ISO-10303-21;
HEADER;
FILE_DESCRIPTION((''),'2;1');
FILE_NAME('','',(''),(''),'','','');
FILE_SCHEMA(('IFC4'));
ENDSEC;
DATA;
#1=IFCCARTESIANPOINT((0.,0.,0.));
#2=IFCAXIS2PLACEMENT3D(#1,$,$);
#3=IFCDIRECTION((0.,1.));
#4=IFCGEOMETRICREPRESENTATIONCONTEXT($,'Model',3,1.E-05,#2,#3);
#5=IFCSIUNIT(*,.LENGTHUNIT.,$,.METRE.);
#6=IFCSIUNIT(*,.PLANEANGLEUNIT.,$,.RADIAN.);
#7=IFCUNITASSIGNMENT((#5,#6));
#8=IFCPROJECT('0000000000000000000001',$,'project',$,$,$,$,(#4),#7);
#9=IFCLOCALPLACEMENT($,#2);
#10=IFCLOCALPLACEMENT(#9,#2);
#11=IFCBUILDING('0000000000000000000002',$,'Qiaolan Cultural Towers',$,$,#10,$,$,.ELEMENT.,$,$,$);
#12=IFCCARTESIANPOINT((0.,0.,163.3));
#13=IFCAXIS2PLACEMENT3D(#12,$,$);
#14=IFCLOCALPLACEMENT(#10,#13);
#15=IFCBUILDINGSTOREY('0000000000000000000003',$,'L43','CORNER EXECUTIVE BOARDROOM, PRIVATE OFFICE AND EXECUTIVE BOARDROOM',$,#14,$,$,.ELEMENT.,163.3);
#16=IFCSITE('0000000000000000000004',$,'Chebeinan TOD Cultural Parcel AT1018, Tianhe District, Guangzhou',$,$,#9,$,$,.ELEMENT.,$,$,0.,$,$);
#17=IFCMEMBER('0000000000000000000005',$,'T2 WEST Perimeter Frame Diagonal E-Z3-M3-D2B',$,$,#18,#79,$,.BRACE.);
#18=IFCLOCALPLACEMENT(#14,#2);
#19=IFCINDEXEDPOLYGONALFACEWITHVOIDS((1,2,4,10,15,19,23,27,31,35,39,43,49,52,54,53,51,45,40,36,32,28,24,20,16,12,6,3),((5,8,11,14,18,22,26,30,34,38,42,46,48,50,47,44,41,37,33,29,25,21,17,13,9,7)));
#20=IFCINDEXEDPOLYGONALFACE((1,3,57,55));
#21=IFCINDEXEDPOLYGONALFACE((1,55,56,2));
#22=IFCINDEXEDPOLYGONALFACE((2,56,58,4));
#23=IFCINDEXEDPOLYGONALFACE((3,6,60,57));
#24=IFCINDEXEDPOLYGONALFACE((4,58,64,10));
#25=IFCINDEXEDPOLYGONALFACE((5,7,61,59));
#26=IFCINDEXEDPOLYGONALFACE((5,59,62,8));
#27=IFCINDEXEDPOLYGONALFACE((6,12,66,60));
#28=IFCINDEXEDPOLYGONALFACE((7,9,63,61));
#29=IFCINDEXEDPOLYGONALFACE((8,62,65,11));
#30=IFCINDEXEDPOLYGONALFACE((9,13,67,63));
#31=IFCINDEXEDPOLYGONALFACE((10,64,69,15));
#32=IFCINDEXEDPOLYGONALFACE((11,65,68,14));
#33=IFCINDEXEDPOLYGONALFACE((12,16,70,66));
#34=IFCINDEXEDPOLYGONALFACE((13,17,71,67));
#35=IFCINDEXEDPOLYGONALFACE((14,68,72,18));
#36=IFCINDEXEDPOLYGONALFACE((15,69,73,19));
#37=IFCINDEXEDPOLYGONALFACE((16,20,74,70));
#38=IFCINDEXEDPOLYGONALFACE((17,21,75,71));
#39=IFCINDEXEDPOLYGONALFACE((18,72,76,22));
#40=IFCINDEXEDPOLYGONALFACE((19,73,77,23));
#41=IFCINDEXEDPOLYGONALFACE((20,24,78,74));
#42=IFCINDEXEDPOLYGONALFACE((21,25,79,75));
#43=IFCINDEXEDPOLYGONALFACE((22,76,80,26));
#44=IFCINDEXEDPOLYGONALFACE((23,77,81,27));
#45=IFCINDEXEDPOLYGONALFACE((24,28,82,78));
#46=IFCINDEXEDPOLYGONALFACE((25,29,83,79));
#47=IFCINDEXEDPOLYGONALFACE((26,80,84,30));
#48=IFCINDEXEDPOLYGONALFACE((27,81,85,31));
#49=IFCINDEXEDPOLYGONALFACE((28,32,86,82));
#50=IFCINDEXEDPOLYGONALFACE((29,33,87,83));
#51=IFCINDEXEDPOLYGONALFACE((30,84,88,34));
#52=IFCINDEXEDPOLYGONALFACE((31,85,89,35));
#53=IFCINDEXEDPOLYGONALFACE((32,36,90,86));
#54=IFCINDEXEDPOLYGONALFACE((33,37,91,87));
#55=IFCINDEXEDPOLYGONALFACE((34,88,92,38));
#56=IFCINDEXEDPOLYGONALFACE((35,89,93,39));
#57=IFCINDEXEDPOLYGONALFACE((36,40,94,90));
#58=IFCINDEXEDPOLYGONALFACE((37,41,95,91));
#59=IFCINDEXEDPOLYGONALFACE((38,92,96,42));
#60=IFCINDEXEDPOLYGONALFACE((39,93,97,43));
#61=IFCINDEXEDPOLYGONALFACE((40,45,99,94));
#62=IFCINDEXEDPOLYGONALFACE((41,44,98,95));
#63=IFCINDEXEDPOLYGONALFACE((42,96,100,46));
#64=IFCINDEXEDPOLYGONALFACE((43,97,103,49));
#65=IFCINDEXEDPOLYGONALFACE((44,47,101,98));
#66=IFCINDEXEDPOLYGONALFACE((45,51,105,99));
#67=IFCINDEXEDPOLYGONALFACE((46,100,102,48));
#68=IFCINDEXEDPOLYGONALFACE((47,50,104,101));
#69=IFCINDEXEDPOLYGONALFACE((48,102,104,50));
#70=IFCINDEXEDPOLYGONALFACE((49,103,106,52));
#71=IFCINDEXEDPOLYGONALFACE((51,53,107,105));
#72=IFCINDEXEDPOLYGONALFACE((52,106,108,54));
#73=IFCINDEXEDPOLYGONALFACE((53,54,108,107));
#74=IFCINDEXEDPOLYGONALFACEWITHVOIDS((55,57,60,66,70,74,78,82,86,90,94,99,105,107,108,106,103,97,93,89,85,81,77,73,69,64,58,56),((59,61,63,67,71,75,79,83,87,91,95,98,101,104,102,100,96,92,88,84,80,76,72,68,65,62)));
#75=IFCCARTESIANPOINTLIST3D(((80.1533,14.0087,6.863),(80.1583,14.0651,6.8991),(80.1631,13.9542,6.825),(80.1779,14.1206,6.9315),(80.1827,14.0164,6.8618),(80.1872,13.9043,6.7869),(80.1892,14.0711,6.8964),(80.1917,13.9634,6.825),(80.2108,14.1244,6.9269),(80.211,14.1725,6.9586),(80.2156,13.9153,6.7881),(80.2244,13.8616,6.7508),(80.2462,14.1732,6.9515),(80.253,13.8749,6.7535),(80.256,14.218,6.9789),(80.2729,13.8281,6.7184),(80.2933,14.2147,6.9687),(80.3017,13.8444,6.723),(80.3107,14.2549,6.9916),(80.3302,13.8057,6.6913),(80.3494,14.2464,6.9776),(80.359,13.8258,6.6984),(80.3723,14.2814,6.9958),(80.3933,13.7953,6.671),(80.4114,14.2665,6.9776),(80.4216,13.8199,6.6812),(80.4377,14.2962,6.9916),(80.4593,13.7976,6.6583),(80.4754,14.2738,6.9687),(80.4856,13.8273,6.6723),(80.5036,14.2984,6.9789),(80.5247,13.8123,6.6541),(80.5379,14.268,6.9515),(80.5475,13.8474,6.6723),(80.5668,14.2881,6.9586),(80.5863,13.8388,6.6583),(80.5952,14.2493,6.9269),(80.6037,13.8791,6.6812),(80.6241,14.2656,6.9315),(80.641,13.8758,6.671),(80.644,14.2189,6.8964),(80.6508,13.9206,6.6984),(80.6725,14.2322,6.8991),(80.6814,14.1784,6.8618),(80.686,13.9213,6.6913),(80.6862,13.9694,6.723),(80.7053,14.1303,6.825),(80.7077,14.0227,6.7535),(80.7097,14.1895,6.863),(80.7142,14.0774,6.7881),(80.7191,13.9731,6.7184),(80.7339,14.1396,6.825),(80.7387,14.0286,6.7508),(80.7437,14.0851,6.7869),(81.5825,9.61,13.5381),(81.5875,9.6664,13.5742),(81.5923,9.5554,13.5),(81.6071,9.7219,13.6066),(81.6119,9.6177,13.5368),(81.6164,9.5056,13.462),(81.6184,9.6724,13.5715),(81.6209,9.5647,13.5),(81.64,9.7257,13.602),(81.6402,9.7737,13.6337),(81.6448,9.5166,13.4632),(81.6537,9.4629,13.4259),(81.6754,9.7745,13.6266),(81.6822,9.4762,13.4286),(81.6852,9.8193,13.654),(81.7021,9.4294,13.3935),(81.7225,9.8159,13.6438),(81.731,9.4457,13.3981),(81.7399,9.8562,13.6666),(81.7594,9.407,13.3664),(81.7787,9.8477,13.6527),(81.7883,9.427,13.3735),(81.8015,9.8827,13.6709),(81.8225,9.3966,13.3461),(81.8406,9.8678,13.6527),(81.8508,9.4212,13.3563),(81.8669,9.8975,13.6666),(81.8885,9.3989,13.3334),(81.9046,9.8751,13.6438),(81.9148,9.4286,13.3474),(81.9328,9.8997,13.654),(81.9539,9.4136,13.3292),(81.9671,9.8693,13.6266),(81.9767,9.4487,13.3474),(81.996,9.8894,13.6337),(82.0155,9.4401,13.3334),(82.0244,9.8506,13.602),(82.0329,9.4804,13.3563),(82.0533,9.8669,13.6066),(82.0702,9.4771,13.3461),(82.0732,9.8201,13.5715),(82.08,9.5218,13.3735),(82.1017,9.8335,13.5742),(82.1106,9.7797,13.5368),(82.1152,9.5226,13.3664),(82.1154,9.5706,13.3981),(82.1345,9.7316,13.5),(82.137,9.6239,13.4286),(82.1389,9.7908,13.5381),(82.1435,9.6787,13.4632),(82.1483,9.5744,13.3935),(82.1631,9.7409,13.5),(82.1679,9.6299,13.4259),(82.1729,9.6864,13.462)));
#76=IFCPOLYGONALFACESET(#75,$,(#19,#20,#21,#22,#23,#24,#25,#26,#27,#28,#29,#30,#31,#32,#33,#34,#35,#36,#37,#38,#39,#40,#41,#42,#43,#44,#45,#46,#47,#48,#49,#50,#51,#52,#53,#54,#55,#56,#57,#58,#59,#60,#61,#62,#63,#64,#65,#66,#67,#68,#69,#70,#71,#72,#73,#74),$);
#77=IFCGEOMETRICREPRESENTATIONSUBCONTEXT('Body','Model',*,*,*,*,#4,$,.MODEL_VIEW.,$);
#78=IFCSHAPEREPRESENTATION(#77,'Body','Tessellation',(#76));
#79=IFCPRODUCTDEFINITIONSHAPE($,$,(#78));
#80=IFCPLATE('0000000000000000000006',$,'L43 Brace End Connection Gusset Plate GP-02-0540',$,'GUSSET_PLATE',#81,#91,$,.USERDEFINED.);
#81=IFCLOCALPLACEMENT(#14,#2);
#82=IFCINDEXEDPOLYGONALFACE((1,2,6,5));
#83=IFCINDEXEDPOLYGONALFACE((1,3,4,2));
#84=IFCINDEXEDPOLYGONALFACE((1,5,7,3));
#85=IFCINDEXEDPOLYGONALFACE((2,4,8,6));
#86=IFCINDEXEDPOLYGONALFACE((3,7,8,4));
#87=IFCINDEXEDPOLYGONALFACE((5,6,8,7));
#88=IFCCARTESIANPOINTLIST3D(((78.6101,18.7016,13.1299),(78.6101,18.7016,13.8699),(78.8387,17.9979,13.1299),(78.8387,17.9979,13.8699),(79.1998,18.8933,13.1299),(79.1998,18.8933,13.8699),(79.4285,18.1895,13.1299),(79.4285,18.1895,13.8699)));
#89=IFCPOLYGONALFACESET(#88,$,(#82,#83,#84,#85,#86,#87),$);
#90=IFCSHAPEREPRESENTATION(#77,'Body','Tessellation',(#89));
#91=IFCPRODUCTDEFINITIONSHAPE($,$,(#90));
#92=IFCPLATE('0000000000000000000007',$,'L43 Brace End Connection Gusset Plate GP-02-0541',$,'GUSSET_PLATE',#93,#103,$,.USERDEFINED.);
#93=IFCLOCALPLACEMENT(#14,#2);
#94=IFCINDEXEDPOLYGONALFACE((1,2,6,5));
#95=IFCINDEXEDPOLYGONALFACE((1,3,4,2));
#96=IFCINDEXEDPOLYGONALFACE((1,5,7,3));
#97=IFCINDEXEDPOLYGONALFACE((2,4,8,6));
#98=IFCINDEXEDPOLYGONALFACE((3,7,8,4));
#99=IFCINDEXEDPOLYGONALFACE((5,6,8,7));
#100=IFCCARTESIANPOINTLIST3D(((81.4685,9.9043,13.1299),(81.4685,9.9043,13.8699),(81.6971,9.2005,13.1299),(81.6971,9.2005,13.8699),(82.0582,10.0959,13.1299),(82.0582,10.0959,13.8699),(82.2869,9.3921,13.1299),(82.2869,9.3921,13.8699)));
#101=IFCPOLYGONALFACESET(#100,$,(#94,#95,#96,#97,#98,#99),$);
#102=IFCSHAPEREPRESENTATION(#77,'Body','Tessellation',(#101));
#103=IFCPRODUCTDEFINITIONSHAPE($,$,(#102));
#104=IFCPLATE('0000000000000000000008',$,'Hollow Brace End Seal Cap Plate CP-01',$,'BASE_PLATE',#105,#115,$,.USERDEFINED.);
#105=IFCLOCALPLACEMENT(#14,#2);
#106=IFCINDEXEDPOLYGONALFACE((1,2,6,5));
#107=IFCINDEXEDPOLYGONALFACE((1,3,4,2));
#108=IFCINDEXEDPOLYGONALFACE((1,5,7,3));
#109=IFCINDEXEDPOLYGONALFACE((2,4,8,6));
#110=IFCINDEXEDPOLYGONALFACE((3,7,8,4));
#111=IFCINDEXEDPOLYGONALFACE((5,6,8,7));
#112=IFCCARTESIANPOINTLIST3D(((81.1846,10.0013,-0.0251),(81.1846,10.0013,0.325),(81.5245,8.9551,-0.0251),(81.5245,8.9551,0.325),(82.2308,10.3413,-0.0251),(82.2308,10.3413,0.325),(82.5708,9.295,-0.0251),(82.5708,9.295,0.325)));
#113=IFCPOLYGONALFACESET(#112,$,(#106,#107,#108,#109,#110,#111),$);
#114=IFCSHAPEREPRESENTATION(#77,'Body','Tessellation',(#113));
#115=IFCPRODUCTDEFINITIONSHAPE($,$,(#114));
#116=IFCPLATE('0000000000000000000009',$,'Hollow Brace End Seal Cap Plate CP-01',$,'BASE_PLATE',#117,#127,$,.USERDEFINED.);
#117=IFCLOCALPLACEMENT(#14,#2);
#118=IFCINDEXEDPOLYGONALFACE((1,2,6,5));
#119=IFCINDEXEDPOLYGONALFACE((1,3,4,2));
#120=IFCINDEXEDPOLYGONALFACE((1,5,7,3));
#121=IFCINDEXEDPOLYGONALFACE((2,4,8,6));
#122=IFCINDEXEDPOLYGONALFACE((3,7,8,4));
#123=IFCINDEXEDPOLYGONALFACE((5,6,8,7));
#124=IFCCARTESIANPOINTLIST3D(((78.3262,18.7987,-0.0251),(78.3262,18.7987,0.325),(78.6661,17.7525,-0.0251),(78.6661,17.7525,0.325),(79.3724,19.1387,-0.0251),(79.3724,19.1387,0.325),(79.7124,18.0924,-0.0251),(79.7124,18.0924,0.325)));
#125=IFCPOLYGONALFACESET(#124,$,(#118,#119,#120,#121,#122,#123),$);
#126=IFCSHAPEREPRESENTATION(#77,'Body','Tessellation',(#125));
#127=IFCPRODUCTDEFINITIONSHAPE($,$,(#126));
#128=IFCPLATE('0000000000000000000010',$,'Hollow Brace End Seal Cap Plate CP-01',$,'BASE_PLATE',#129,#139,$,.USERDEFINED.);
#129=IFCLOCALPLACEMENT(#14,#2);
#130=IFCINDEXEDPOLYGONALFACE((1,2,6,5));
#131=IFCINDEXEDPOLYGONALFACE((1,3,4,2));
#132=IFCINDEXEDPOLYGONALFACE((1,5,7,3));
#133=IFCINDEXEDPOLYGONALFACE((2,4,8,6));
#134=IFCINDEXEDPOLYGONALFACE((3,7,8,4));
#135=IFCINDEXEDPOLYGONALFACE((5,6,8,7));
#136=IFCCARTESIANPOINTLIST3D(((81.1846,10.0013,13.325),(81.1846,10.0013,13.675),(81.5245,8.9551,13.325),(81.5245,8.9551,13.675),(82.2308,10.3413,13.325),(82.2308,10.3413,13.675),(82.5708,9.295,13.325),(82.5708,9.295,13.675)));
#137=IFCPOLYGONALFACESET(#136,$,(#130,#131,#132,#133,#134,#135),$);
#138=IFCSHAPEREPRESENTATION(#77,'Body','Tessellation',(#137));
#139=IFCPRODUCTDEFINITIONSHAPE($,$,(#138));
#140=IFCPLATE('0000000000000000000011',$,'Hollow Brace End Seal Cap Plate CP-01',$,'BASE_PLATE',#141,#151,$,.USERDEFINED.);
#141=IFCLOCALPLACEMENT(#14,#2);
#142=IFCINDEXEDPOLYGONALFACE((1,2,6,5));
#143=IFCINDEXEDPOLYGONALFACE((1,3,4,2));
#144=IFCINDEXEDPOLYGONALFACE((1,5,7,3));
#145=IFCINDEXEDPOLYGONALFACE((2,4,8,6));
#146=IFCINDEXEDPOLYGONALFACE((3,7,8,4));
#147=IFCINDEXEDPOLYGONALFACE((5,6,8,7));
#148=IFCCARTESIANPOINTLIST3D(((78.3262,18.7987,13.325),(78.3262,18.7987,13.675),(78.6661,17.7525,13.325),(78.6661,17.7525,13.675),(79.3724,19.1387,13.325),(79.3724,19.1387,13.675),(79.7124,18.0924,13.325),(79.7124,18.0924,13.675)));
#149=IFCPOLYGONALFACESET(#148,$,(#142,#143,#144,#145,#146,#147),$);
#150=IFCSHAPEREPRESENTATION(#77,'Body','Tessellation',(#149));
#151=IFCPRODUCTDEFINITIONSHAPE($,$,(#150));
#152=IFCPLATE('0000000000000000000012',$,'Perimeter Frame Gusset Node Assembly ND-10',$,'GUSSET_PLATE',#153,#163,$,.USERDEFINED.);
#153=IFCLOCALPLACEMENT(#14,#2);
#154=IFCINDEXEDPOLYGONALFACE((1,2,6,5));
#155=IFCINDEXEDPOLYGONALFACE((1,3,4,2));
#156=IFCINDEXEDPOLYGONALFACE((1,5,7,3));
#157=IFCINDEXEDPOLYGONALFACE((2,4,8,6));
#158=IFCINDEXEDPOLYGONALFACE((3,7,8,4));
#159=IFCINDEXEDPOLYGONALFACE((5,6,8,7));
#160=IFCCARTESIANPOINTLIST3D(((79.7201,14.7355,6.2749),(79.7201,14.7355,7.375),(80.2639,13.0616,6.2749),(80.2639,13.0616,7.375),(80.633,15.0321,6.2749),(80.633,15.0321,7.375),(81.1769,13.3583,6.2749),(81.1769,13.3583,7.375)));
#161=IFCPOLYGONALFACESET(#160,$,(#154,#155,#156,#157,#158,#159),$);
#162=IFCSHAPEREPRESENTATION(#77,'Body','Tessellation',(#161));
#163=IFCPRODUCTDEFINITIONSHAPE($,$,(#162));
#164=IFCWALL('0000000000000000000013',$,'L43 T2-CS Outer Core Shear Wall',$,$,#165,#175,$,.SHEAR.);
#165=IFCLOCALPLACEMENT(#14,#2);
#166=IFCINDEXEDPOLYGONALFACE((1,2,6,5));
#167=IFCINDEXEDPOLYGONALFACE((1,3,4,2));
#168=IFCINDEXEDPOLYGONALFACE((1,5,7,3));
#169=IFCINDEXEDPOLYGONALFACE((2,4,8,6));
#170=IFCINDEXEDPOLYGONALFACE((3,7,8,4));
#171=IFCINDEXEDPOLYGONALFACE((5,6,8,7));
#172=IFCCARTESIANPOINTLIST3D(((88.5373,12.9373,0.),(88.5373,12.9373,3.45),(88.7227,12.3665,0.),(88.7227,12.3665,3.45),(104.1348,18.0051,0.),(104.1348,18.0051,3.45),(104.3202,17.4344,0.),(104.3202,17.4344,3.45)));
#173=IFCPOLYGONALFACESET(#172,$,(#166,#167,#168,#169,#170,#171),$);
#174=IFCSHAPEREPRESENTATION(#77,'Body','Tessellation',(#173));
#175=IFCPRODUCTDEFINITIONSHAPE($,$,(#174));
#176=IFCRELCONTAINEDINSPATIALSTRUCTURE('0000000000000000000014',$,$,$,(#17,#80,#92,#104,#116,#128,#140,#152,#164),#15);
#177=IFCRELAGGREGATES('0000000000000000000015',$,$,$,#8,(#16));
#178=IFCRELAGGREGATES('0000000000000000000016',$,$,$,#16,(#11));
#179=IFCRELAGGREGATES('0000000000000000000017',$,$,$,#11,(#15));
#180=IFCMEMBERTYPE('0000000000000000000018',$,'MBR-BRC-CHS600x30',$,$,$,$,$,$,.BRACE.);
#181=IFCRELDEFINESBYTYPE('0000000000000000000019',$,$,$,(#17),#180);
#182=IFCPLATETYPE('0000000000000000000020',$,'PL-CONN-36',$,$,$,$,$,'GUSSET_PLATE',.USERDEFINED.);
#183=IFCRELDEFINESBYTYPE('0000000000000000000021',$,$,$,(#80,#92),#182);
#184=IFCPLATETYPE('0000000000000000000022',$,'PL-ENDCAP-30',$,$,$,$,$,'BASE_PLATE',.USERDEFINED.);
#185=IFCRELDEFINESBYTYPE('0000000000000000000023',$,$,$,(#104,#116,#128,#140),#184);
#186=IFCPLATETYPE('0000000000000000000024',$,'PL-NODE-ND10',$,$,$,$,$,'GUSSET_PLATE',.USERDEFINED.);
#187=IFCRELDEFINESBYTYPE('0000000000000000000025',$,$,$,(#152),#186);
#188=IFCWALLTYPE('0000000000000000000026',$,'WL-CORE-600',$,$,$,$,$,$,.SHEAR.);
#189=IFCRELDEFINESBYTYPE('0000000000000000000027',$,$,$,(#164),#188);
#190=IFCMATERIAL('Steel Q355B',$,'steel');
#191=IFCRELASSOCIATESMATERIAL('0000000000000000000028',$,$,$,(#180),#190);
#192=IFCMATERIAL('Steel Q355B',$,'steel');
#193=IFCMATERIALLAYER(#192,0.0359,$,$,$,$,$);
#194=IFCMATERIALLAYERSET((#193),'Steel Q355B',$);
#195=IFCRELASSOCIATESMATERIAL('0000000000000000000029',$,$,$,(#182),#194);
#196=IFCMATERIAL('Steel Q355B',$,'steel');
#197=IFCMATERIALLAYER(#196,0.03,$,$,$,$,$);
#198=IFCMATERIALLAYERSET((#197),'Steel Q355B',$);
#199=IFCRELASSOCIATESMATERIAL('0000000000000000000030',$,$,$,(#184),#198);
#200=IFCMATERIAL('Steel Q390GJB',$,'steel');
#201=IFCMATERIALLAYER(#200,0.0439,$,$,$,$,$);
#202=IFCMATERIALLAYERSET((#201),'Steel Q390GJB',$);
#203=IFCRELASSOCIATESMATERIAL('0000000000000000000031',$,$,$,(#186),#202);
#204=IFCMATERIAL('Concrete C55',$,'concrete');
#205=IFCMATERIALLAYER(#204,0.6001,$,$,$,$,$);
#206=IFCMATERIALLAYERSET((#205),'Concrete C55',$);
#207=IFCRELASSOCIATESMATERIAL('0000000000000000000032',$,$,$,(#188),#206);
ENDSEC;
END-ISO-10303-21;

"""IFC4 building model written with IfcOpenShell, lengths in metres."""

from ifc_helpers import new_model, si_unit, direction, frame, frame_2d, origin, origin_2d, place, context, subcontext, project, spatial, rectangle, hollow_circle, extrude, material, layer, layer_set, material_profile, profile_set, type_object, element, save


model = new_model("IFC4")

# Units and contexts
model_context = context("Model", 3, precision=1e-05, world=origin(), true_north=direction((0.0, 1.0)))
body_context = subcontext(model_context, "Body", "Model", "MODEL_VIEW")
ifc_project = project(units=[si_unit("LENGTHUNIT", "METRE"), si_unit("PLANEANGLEUNIT", "RADIAN")], contexts=[model_context])

# Site, building, storey
site_placement = place(None, origin())
site = spatial("IfcSite", under=ifc_project, at=site_placement, Name="Chebeinan TOD Cultural Parcel AT1018, Tianhe District, Guangzhou", CompositionType="ELEMENT", RefElevation=0.0)
building_placement = place(site_placement, origin())
building = spatial("IfcBuilding", under=site, at=building_placement, Name="Qiaolan Cultural Towers", CompositionType="ELEMENT")
storey_placement = place(building_placement, frame((0.0, 0.0, 163.3)))
storey = spatial("IfcBuildingStorey", under=building, at=storey_placement, Name="L43", Description="CORNER EXECUTIVE BOARDROOM, PRIVATE OFFICE AND EXECUTIVE BOARDROOM", CompositionType="ELEMENT", Elevation=163.3)

# Member
ifc_material_1 = material(Name="Steel Q355B", Category="steel")
ifc_material_profile_1 = material_profile(ifc_material_1, hollow_circle(Radius=0.3, WallThickness=0.03, at=origin_2d()), Name="CHS600x30")
ifc_profile_set_1 = profile_set([ifc_material_profile_1], Name="Steel Q355B")
member_type = type_object("IfcMemberType", Name="MBR-BRC-CHS600x30", PredefinedType="BRACE", material=ifc_profile_set_1)
for number, where, z_axis, x_axis, name in (
    (1, (80.4485, 14.0469, 6.825), (0.175993, -0.541657, 0.82197), (0.951058, 0.309013, 0.0), "T2 WEST Perimeter Frame Diagonal E-Z3-M3-D2B"),
):
    element("IfcMember", number, at=place(storey_placement, frame(where, z_axis=z_axis, x_axis=x_axis)), inside=storey, type_object=member_type, Name=name, PredefinedType="BRACE", context=body_context, shape_type="SweptSolid", body=[
        extrude(hollow_circle(Radius=0.3, WallThickness=0.03, at=origin_2d()), origin(), (0.0, 0.0, 1.0), 8.1208),
    ])

# Plates
ifc_material_2 = material(Name="Steel Q355B", Category="steel")
ifc_layer_1 = layer(ifc_material_2, 0.0359)
ifc_layer_set_1 = layer_set([ifc_layer_1], Name="Steel Q355B")
plate_type_1 = type_object("IfcPlateType", Name="PL-CONN-36", ElementType="GUSSET_PLATE", PredefinedType="USERDEFINED", material=ifc_layer_set_1)
for number, where, z_axis, x_axis, name in (
    (2, (79.0193, 18.4456, 13.1299), (0.0, 0.0, 1.0), (-0.309017, 0.951057, 0.0), "L43 Brace End Connection Gusset Plate GP-02-0540"),
    (3, (81.8777, 9.6482, 13.1299), (0.0, 0.0, 1.0), (-0.309017, 0.951057, 0.0), "L43 Brace End Connection Gusset Plate GP-02-0541"),
):
    element("IfcPlate", number, at=place(storey_placement, frame(where, z_axis=z_axis, x_axis=x_axis)), inside=storey, type_object=plate_type_1, Name=name, ObjectType="GUSSET_PLATE", PredefinedType="USERDEFINED", context=body_context, shape_type="SweptSolid", body=[
        extrude(rectangle(XDim=0.74, YDim=0.6201, at=origin_2d()), origin(), (0.0, 0.0, 1.0), 0.74),
    ])
ifc_material_3 = material(Name="Steel Q355B", Category="steel")
ifc_layer_2 = layer(ifc_material_3, 0.03)
ifc_layer_set_2 = layer_set([ifc_layer_2], Name="Steel Q355B")
plate_type_2 = type_object("IfcPlateType", Name="PL-ENDCAP-30", ElementType="BASE_PLATE", PredefinedType="USERDEFINED", material=ifc_layer_set_2)
for number, where, z_axis, x_axis, name in (
    (4, (81.8777, 9.6482, -0.0251), (0.0, 0.0, 1.0), (-0.309017, 0.951057, 0.0), "Hollow Brace End Seal Cap Plate CP-01"),
    (5, (79.0193, 18.4456, -0.0251), (0.0, 0.0, 1.0), (-0.309017, 0.951057, 0.0), "Hollow Brace End Seal Cap Plate CP-01"),
    (6, (81.8777, 9.6482, 13.325), (0.0, 0.0, 1.0), (-0.309017, 0.951057, 0.0), "Hollow Brace End Seal Cap Plate CP-01"),
    (7, (79.0193, 18.4456, 13.325), (0.0, 0.0, 1.0), (-0.309017, 0.951057, 0.0), "Hollow Brace End Seal Cap Plate CP-01"),
):
    element("IfcPlate", number, at=place(storey_placement, frame(where, z_axis=z_axis, x_axis=x_axis)), inside=storey, type_object=plate_type_2, Name=name, ObjectType="BASE_PLATE", PredefinedType="USERDEFINED", context=body_context, shape_type="SweptSolid", body=[
        extrude(rectangle(XDim=1.1001, YDim=1.1001, at=origin_2d()), origin(), (0.0, 0.0, 1.0), 0.3501),
    ])
ifc_material_4 = material(Name="Steel Q390GJB", Category="steel")
ifc_layer_3 = layer(ifc_material_4, 0.0439)
ifc_layer_set_3 = layer_set([ifc_layer_3], Name="Steel Q390GJB")
plate_type_3 = type_object("IfcPlateType", Name="PL-NODE-ND10", ElementType="GUSSET_PLATE", PredefinedType="USERDEFINED", material=ifc_layer_set_3)
plate_placement = place(storey_placement, frame((80.4485, 14.0469, 6.2749), z_axis=(0.0, 0.0, 1.0), x_axis=(-0.309017, 0.951057, 0.0)))
element("IfcPlate", 8, at=plate_placement, inside=storey, type_object=plate_type_3, Name="Perimeter Frame Gusset Node Assembly ND-10", ObjectType="GUSSET_PLATE", PredefinedType="USERDEFINED", context=body_context, shape_type="SweptSolid", body=[
    extrude(rectangle(XDim=1.76, YDim=0.96, at=origin_2d()), origin(), (0.0, 0.0, 1.0), 1.1001),
])

# Wall
ifc_material_5 = material(Name="Concrete C55", Category="concrete")
ifc_layer_4 = layer(ifc_material_5, 0.6001)
ifc_layer_set_4 = layer_set([ifc_layer_4], Name="Concrete C55")
wall_type_1 = type_object("IfcWallType", Name="WL-CORE-600", PredefinedType="SHEAR", material=ifc_layer_set_4)
wall_1_placement = place(storey_placement, frame((88.6299, 12.6519, 0.0), z_axis=(0.0, 0.0, 1.0), x_axis=(0.951057, 0.309015, 0.0)))
element("IfcWall", 9, at=wall_1_placement, inside=storey, type_object=wall_type_1, Name="L43 T2-CS Outer Core Shear Wall", PredefinedType="SHEAR", context=body_context, shape_type="SweptSolid", body=[
    extrude(rectangle(XDim=16.4001, YDim=0.6001, at=frame_2d((8.2002, 0.0))), origin(), (0.0, 0.0, 1.0), 3.45),
])

save(model, "model.ifc")
